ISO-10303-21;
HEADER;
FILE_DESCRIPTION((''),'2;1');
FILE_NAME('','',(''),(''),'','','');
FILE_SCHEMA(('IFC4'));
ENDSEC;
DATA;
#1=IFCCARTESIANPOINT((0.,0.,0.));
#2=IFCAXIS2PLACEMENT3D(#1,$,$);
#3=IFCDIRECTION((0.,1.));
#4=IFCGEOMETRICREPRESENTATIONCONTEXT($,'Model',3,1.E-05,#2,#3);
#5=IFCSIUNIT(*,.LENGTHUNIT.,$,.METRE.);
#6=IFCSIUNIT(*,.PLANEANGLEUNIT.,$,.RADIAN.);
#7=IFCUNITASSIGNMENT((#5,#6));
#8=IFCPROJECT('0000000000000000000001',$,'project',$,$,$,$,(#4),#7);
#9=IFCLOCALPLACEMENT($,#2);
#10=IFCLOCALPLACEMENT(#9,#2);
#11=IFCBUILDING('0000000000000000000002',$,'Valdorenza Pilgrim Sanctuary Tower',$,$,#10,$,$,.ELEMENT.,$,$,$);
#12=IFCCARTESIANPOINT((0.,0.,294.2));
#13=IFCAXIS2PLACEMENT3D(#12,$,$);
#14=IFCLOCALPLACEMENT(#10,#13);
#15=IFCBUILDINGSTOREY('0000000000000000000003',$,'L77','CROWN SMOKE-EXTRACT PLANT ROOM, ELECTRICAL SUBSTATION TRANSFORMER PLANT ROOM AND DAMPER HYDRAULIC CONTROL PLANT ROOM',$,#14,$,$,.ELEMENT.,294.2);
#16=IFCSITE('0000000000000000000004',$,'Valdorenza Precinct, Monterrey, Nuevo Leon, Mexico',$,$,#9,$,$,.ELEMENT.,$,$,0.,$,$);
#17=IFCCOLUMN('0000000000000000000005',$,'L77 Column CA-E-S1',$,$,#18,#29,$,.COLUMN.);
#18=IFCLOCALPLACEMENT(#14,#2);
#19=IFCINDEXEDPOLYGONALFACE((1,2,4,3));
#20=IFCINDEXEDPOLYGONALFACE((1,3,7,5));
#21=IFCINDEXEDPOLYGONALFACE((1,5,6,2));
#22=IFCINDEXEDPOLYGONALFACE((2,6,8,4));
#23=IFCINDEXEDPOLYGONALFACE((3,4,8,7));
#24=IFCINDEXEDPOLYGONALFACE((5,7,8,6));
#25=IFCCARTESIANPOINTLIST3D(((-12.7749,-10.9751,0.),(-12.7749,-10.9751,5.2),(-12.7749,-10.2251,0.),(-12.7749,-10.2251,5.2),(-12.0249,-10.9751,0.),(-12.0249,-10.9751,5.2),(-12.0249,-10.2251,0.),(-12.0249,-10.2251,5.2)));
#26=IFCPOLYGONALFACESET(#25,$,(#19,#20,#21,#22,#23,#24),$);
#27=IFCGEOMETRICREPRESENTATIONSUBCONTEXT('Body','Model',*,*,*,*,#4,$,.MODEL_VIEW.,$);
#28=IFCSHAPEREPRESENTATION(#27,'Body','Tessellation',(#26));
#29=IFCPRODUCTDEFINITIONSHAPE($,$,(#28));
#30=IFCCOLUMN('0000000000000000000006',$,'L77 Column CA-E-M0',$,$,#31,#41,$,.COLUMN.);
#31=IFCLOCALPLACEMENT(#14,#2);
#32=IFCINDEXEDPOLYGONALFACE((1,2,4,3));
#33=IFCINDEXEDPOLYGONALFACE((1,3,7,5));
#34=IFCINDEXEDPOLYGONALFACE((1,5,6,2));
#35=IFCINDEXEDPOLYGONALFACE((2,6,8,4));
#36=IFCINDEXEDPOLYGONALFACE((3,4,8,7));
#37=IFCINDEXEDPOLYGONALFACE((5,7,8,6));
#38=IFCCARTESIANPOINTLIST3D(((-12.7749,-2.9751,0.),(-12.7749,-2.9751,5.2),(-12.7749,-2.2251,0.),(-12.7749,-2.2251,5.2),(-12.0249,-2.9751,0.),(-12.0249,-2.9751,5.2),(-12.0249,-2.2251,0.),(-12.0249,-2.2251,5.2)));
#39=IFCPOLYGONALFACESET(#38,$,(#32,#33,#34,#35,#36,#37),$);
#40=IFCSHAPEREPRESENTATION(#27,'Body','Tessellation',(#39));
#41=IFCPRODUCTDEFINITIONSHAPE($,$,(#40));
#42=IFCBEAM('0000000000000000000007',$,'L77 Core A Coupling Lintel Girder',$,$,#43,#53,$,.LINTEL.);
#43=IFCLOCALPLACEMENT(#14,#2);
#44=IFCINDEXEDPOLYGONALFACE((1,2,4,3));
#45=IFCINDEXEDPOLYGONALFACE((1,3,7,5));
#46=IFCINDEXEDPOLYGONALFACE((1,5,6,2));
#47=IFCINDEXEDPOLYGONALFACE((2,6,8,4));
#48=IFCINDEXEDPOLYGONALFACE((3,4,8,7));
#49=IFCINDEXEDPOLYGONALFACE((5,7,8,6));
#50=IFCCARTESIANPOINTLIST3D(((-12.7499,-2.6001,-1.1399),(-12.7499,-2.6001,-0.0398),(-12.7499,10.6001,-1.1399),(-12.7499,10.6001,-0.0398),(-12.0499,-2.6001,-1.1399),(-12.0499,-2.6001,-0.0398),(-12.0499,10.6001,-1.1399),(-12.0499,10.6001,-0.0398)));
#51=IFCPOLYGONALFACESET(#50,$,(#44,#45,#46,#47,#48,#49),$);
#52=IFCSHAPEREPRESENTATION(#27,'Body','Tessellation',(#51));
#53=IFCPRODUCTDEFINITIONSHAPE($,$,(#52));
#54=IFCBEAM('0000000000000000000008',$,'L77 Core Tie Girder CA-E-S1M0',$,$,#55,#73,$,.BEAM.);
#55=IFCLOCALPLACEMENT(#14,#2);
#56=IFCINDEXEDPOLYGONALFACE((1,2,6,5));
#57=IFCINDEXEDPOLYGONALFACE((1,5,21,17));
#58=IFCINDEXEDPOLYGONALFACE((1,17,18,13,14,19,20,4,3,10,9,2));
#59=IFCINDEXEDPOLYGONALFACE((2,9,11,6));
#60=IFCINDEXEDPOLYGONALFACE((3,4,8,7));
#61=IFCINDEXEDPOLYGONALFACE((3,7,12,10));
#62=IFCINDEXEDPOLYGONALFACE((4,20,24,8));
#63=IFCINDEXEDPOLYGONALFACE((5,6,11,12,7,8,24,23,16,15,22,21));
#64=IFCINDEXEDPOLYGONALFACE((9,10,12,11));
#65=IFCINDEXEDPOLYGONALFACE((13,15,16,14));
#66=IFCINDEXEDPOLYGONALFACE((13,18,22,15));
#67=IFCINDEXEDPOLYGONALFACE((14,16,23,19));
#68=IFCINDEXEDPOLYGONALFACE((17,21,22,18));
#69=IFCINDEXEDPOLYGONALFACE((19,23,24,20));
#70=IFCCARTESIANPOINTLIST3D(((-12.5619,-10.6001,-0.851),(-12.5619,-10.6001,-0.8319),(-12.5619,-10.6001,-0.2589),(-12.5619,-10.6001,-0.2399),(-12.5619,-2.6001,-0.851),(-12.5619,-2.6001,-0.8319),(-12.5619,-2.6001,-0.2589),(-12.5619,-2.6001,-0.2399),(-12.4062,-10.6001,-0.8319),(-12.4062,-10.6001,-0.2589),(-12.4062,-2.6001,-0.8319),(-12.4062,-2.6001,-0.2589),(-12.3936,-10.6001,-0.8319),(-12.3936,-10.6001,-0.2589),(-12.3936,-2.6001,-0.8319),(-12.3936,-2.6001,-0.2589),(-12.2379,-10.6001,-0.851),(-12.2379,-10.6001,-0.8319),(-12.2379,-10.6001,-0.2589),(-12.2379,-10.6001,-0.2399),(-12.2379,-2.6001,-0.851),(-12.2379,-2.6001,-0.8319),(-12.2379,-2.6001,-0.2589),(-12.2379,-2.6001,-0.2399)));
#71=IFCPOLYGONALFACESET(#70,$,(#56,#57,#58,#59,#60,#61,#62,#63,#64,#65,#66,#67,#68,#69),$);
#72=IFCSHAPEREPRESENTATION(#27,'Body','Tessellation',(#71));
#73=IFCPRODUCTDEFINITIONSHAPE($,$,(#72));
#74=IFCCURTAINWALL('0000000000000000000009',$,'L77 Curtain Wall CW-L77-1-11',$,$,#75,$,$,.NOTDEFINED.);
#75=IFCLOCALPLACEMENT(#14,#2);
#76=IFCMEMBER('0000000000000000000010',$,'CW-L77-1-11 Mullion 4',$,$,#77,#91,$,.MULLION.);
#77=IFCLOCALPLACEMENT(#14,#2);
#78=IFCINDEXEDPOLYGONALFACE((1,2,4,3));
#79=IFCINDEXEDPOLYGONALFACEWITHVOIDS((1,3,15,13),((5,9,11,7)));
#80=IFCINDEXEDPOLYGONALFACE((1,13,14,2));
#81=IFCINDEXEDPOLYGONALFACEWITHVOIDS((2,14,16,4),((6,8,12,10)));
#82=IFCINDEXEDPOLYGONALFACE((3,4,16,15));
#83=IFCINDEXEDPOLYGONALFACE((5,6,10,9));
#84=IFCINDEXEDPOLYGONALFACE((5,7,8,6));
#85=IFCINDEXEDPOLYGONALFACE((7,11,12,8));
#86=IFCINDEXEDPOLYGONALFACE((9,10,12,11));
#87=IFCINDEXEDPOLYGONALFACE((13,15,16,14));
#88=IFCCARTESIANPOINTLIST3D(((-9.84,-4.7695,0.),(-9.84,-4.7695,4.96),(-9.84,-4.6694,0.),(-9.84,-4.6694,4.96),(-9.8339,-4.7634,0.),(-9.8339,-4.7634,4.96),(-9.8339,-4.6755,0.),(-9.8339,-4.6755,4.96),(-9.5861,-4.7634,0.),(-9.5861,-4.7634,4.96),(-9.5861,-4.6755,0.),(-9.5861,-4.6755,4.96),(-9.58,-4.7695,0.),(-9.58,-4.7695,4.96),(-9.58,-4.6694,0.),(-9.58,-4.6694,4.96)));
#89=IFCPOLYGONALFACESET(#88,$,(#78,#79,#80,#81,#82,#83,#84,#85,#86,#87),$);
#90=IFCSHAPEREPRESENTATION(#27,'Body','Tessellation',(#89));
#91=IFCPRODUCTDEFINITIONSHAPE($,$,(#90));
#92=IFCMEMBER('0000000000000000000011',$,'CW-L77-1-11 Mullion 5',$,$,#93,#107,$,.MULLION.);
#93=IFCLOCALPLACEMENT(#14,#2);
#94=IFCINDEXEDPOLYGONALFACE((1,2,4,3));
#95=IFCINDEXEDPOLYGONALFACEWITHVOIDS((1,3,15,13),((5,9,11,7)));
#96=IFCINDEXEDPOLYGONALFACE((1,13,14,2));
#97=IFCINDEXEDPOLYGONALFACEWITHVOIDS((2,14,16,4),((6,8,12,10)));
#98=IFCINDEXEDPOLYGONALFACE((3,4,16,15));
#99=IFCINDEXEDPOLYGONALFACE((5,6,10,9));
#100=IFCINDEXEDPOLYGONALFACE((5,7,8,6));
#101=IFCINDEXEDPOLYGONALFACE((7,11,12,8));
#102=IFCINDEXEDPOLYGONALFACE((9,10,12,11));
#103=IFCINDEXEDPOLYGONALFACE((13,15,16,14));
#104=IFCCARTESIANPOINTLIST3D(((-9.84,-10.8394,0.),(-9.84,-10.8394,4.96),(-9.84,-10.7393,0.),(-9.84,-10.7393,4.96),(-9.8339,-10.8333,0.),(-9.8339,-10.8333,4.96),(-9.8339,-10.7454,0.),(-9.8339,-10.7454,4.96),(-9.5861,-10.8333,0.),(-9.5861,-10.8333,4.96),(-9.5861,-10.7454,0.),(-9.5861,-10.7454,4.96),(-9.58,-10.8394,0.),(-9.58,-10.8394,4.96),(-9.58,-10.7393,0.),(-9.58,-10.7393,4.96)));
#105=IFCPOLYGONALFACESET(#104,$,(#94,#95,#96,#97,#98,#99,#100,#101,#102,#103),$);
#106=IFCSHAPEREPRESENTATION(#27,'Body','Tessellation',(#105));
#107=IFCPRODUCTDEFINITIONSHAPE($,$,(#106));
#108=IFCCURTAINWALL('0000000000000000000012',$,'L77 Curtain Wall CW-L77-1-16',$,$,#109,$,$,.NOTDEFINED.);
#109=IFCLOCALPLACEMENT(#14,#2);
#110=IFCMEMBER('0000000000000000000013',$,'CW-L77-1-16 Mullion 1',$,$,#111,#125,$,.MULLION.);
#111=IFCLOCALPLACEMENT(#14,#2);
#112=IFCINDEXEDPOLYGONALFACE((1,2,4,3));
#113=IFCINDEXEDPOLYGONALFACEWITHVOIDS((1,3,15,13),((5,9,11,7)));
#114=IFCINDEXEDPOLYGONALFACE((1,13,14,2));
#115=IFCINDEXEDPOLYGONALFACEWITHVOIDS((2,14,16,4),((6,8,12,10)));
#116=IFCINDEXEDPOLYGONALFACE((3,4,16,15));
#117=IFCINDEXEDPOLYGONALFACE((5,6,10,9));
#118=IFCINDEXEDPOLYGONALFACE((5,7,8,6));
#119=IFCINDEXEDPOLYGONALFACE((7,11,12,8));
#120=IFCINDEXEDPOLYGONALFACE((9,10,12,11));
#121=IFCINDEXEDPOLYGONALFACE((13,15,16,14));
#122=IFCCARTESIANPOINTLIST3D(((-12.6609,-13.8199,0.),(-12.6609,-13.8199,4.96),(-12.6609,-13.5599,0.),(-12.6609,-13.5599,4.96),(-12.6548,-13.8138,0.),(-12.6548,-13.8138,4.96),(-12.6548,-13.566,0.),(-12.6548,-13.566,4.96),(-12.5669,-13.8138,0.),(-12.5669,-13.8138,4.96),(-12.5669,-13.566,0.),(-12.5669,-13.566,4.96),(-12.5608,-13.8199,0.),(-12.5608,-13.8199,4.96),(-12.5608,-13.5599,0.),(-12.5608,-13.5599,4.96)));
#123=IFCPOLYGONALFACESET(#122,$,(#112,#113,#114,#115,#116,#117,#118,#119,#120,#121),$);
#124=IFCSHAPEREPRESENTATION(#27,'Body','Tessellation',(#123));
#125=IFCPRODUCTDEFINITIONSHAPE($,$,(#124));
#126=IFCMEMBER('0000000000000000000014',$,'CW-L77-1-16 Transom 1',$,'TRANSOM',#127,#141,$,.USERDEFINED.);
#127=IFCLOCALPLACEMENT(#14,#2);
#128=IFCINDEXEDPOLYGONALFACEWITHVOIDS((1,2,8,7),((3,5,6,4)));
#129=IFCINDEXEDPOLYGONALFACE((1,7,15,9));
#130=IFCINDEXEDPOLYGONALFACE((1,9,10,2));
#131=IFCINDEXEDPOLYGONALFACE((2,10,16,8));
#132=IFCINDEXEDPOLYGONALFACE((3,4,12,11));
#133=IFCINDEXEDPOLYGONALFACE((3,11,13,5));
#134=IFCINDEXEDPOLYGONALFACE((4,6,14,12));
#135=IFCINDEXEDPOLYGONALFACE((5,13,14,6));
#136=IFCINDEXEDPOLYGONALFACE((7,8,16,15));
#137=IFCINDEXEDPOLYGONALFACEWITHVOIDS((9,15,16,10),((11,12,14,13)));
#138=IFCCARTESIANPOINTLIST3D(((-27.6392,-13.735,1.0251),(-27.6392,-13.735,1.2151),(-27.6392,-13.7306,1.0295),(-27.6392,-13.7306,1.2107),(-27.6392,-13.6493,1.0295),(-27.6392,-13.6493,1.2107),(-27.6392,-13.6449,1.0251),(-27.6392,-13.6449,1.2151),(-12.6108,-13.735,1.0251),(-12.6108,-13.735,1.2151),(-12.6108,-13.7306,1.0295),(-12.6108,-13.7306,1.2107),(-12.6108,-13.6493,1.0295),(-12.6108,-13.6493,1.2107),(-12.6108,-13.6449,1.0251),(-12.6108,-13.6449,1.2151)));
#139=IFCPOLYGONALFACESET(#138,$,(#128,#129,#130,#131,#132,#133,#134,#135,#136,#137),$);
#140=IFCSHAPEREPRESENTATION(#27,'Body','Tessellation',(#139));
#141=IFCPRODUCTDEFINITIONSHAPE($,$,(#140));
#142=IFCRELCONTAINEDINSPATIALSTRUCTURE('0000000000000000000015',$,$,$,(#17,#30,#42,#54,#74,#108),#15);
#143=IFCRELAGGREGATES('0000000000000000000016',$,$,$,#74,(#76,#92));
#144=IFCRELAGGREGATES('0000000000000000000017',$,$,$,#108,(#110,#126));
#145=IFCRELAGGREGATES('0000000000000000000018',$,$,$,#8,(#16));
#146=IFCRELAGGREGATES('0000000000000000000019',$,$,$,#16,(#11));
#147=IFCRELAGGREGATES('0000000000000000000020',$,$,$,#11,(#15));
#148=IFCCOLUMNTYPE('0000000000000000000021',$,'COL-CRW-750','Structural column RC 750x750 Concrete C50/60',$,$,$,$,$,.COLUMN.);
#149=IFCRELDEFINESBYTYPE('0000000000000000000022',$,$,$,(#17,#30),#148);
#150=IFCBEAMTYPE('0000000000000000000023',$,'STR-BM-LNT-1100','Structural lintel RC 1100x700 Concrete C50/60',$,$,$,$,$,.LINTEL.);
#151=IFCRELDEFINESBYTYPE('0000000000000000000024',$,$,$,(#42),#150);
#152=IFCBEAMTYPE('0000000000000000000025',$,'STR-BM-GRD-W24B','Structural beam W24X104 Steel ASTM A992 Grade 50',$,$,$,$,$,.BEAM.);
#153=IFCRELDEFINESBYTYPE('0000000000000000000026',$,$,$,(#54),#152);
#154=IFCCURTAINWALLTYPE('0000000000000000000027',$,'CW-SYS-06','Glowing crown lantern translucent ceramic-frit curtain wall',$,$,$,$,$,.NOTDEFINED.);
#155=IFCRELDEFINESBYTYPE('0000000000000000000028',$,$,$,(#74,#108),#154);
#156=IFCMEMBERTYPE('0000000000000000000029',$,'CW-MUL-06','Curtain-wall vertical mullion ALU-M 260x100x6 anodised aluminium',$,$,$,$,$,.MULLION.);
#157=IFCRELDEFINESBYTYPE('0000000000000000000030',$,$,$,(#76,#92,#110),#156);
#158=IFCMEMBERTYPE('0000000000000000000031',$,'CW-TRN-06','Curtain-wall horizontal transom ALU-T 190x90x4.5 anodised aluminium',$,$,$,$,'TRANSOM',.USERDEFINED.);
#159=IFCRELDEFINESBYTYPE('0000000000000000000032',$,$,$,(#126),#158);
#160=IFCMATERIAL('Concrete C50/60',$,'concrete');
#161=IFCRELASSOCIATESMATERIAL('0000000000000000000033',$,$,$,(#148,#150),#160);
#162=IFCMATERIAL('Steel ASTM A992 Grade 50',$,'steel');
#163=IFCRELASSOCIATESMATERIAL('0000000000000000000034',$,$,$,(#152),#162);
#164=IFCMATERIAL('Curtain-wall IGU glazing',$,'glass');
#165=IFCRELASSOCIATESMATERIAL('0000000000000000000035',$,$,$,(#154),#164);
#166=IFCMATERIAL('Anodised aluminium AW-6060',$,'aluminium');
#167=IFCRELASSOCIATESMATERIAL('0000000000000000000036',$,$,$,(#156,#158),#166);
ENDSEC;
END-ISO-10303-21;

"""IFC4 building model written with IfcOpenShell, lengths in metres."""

from ifc_helpers import new_model, si_unit, direction, frame, origin, origin_2d, place, context, subcontext, project, spatial, rectangle, hollow_rectangle, i_section, extrude, source, transform, mapped, material, material_profile, profile_set, type_object, element, aggregate, save


model = new_model("IFC4")

# Units and contexts
model_context = context("Model", 3, precision=1e-05, world=origin(), true_north=direction((0.0, 1.0)))
body_context = subcontext(model_context, "Body", "Model", "MODEL_VIEW")
ifc_project = project(units=[si_unit("LENGTHUNIT", "METRE"), si_unit("PLANEANGLEUNIT", "RADIAN")], contexts=[model_context])

# Site, building, storey
site_placement = place(None, origin())
site = spatial("IfcSite", under=ifc_project, at=site_placement, Name="Valdorenza Precinct, Monterrey, Nuevo Leon, Mexico", CompositionType="ELEMENT", RefElevation=0.0)
building_placement = place(site_placement, origin())
building = spatial("IfcBuilding", under=site, at=building_placement, Name="Valdorenza Pilgrim Sanctuary Tower", CompositionType="ELEMENT")
storey_placement = place(building_placement, frame((0.0, 0.0, 294.2)))
storey = spatial("IfcBuildingStorey", under=building, at=storey_placement, Name="L77", Description="CROWN SMOKE-EXTRACT PLANT ROOM, ELECTRICAL SUBSTATION TRANSFORMER PLANT ROOM AND DAMPER HYDRAULIC CONTROL PLANT ROOM", CompositionType="ELEMENT", Elevation=294.2)

# Columns
ifc_material_1 = material(Name="Concrete C50/60", Category="concrete")
ifc_material_profile_1 = material_profile(ifc_material_1, rectangle(XDim=0.75, YDim=0.75, at=origin_2d()), Name="RC 750x750")
ifc_profile_set_1 = profile_set([ifc_material_profile_1], Name="Concrete C50/60")
column_type = type_object("IfcColumnType", Name="COL-CRW-750", Description="Structural column RC 750x750 Concrete C50/60", PredefinedType="COLUMN", material=ifc_profile_set_1)
shared_shape_1 = source(origin(), body_context, "Body", "SweptSolid", [
    extrude(rectangle(XDim=0.75, YDim=0.75, at=origin_2d()), origin(), (0.0, 0.0, 1.0), 5.2),
])
for number, where, z_axis, x_axis, name in (
    (1, (-12.3999, -10.6001, 0.0), (0.0, 0.0, 1.0), (1.0, 0.0, 0.0), "L77 Column CA-E-S1"),
    (2, (-12.3999, -2.6001, 0.0), (0.0, 0.0, 1.0), (1.0, 0.0, 0.0), "L77 Column CA-E-M0"),
):
    element("IfcColumn", number, at=place(storey_placement, frame(where, z_axis=z_axis, x_axis=x_axis)), inside=storey, type_object=column_type, Name=name, PredefinedType="COLUMN", context=body_context, shape_type="MappedRepresentation", body=[
        mapped(shared_shape_1, transform((0.0, 0.0, 0.0), x_axis=(1.0, 0.0, 0.0), y_axis=(0.0, 1.0, 0.0), z_axis=(0.0, 0.0, 1.0), scale=1.0)),
    ])

# Beams
ifc_material_profile_2 = material_profile(ifc_material_1, rectangle(XDim=0.7, YDim=1.1001, at=origin_2d()), Name="RC 1100x700")
ifc_profile_set_2 = profile_set([ifc_material_profile_2], Name="Concrete C50/60")
beam_type_1 = type_object("IfcBeamType", Name="STR-BM-LNT-1100", Description="Structural lintel RC 1100x700 Concrete C50/60", PredefinedType="LINTEL", material=ifc_profile_set_2)
shared_shape_2 = source(origin(), body_context, "Body", "SweptSolid", [
    extrude(rectangle(XDim=0.7, YDim=1.1001, at=origin_2d()), origin(), (0.0, 0.0, 1.0), 13.2002),
])
beam_1_placement = place(storey_placement, frame((-12.3999, -2.6001, -0.5898), z_axis=(0.0, 1.0, 0.0), x_axis=(-1.0, 0.0, 0.0)))
element("IfcBeam", 3, at=beam_1_placement, inside=storey, type_object=beam_type_1, Name="L77 Core A Coupling Lintel Girder", PredefinedType="LINTEL", context=body_context, shape_type="MappedRepresentation", body=[
    mapped(shared_shape_2, transform((0.0, 0.0, 0.0), x_axis=(1.0, 0.0, 0.0), y_axis=(0.0, 1.0, 0.0), z_axis=(0.0, 0.0, 1.0), scale=1.0)),
])
ifc_material_2 = material(Name="Steel ASTM A992 Grade 50", Category="steel")
ifc_material_profile_3 = material_profile(ifc_material_2, i_section(OverallWidth=0.324, OverallDepth=0.6111, WebThickness=0.0127, FlangeThickness=0.019, at=origin_2d()), Name="W24X104")
ifc_profile_set_3 = profile_set([ifc_material_profile_3], Name="Steel ASTM A992 Grade 50")
beam_type_2 = type_object("IfcBeamType", Name="STR-BM-GRD-W24B", Description="Structural beam W24X104 Steel ASTM A992 Grade 50", PredefinedType="BEAM", material=ifc_profile_set_3)
shared_shape_3 = source(origin(), body_context, "Body", "SweptSolid", [
    extrude(i_section(OverallWidth=0.324, OverallDepth=0.6111, WebThickness=0.0127, FlangeThickness=0.019, at=origin_2d()), origin(), (0.0, 0.0, 1.0), 8.0),
])
beam_2_placement = place(storey_placement, frame((-12.3999, -10.6001, -0.5454), z_axis=(0.0, 1.0, 0.0), x_axis=(-1.0, 0.0, 0.0)))
element("IfcBeam", 4, at=beam_2_placement, inside=storey, type_object=beam_type_2, Name="L77 Core Tie Girder CA-E-S1M0", PredefinedType="BEAM", context=body_context, shape_type="MappedRepresentation", body=[
    mapped(shared_shape_3, transform((0.0, 0.0, 0.0), x_axis=(1.0, 0.0, 0.0), y_axis=(0.0, 1.0, 0.0), z_axis=(0.0, 0.0, 1.0), scale=1.0)),
])

# Curtain walls, members
ifc_material_3 = material(Name="Curtain-wall IGU glazing", Category="glass")
curtain_wall_type = type_object("IfcCurtainWallType", Name="CW-SYS-06", Description="Glowing crown lantern translucent ceramic-frit curtain wall", PredefinedType="NOTDEFINED", material=ifc_material_3)
curtain_wall_1_placement = place(storey_placement, origin())
curtain_wall_1 = element("IfcCurtainWall", 5, at=curtain_wall_1_placement, inside=storey, type_object=curtain_wall_type, Name="L77 Curtain Wall CW-L77-1-11", PredefinedType="NOTDEFINED")
ifc_material_4 = material(Name="Anodised aluminium AW-6060", Category="aluminium")
ifc_material_profile_4 = material_profile(ifc_material_4, hollow_rectangle(XDim=0.1001, YDim=0.26, WallThickness=0.0061, at=origin_2d()), Name="ALU-M 260x100x6")
ifc_profile_set_4 = profile_set([ifc_material_profile_4], Name="Anodised aluminium AW-6060")
member_type_1 = type_object("IfcMemberType", Name="CW-MUL-06", Description="Curtain-wall vertical mullion ALU-M 260x100x6 anodised aluminium", PredefinedType="MULLION", material=ifc_profile_set_4)
shared_shape_4 = source(origin(), body_context, "Body", "SweptSolid", [
    extrude(hollow_rectangle(XDim=0.1001, YDim=0.26, WallThickness=0.0061, at=origin_2d()), origin(), (0.0, 0.0, 1.0), 4.96),
])
member_1_placement = place(storey_placement, frame((-9.71, -4.7195, 0.0), z_axis=(0.0, 0.0, 1.0), x_axis=(0.0, -1.0, 0.0)))
member_1 = element("IfcMember", 6, at=member_1_placement, type_object=member_type_1, Name="CW-L77-1-11 Mullion 4", PredefinedType="MULLION", context=body_context, shape_type="MappedRepresentation", body=[
    mapped(shared_shape_4, transform((0.0, 0.0, 0.0), x_axis=(1.0, 0.0, 0.0), y_axis=(0.0, 1.0, 0.0), z_axis=(0.0, 0.0, 1.0), scale=1.0)),
])
member_2_placement = place(storey_placement, frame((-9.71, -10.7893, 0.0), z_axis=(0.0, 0.0, 1.0), x_axis=(0.0, -1.0, 0.0)))
member_2 = element("IfcMember", 7, at=member_2_placement, type_object=member_type_1, Name="CW-L77-1-11 Mullion 5", PredefinedType="MULLION", context=body_context, shape_type="MappedRepresentation", body=[
    mapped(shared_shape_4, transform((0.0, 0.0, 0.0), x_axis=(1.0, 0.0, 0.0), y_axis=(0.0, 1.0, 0.0), z_axis=(0.0, 0.0, 1.0), scale=1.0)),
])
curtain_wall_2_placement = place(storey_placement, origin())
curtain_wall_2 = element("IfcCurtainWall", 8, at=curtain_wall_2_placement, inside=storey, type_object=curtain_wall_type, Name="L77 Curtain Wall CW-L77-1-16", PredefinedType="NOTDEFINED")
member_3_placement = place(storey_placement, frame((-12.6108, -13.6899, 0.0), z_axis=(0.0, 0.0, 1.0), x_axis=(-1.0, 0.0, 0.0)))
member_3 = element("IfcMember", 9, at=member_3_placement, type_object=member_type_1, Name="CW-L77-1-16 Mullion 1", PredefinedType="MULLION", context=body_context, shape_type="MappedRepresentation", body=[
    mapped(shared_shape_4, transform((0.0, 0.0, 0.0), x_axis=(1.0, 0.0, 0.0), y_axis=(0.0, 1.0, 0.0), z_axis=(0.0, 0.0, 1.0), scale=1.0)),
])
ifc_material_profile_5 = material_profile(ifc_material_4, hollow_rectangle(XDim=0.0901, YDim=0.1899, WallThickness=0.0044, at=origin_2d()), Name="ALU-T 190x90x4.5")
ifc_profile_set_5 = profile_set([ifc_material_profile_5], Name="Anodised aluminium AW-6060")
member_type_2 = type_object("IfcMemberType", Name="CW-TRN-06", Description="Curtain-wall horizontal transom ALU-T 190x90x4.5 anodised aluminium", ElementType="TRANSOM", PredefinedType="USERDEFINED", material=ifc_profile_set_5)
shared_shape_5 = source(origin(), body_context, "Body", "SweptSolid", [
    extrude(hollow_rectangle(XDim=0.0901, YDim=0.1899, WallThickness=0.0044, at=origin_2d()), origin(), (0.0, 0.0, 1.0), 15.0283),
])
member_4_placement = place(storey_placement, frame((-12.6108, -13.6899, 1.1201), z_axis=(-1.0, 0.0, 0.0), x_axis=(0.0, -1.0, 0.0)))
member_4 = element("IfcMember", 10, at=member_4_placement, type_object=member_type_2, Name="CW-L77-1-16 Transom 1", ObjectType="TRANSOM", PredefinedType="USERDEFINED", context=body_context, shape_type="MappedRepresentation", body=[
    mapped(shared_shape_5, transform((0.0, 0.0, 0.0), x_axis=(1.0, 0.0, 0.0), y_axis=(0.0, 1.0, 0.0), z_axis=(0.0, 0.0, 1.0), scale=1.0)),
])

aggregate(curtain_wall_1, [member_1, member_2])
aggregate(curtain_wall_2, [member_3, member_4])

save(model, "model.ifc")
